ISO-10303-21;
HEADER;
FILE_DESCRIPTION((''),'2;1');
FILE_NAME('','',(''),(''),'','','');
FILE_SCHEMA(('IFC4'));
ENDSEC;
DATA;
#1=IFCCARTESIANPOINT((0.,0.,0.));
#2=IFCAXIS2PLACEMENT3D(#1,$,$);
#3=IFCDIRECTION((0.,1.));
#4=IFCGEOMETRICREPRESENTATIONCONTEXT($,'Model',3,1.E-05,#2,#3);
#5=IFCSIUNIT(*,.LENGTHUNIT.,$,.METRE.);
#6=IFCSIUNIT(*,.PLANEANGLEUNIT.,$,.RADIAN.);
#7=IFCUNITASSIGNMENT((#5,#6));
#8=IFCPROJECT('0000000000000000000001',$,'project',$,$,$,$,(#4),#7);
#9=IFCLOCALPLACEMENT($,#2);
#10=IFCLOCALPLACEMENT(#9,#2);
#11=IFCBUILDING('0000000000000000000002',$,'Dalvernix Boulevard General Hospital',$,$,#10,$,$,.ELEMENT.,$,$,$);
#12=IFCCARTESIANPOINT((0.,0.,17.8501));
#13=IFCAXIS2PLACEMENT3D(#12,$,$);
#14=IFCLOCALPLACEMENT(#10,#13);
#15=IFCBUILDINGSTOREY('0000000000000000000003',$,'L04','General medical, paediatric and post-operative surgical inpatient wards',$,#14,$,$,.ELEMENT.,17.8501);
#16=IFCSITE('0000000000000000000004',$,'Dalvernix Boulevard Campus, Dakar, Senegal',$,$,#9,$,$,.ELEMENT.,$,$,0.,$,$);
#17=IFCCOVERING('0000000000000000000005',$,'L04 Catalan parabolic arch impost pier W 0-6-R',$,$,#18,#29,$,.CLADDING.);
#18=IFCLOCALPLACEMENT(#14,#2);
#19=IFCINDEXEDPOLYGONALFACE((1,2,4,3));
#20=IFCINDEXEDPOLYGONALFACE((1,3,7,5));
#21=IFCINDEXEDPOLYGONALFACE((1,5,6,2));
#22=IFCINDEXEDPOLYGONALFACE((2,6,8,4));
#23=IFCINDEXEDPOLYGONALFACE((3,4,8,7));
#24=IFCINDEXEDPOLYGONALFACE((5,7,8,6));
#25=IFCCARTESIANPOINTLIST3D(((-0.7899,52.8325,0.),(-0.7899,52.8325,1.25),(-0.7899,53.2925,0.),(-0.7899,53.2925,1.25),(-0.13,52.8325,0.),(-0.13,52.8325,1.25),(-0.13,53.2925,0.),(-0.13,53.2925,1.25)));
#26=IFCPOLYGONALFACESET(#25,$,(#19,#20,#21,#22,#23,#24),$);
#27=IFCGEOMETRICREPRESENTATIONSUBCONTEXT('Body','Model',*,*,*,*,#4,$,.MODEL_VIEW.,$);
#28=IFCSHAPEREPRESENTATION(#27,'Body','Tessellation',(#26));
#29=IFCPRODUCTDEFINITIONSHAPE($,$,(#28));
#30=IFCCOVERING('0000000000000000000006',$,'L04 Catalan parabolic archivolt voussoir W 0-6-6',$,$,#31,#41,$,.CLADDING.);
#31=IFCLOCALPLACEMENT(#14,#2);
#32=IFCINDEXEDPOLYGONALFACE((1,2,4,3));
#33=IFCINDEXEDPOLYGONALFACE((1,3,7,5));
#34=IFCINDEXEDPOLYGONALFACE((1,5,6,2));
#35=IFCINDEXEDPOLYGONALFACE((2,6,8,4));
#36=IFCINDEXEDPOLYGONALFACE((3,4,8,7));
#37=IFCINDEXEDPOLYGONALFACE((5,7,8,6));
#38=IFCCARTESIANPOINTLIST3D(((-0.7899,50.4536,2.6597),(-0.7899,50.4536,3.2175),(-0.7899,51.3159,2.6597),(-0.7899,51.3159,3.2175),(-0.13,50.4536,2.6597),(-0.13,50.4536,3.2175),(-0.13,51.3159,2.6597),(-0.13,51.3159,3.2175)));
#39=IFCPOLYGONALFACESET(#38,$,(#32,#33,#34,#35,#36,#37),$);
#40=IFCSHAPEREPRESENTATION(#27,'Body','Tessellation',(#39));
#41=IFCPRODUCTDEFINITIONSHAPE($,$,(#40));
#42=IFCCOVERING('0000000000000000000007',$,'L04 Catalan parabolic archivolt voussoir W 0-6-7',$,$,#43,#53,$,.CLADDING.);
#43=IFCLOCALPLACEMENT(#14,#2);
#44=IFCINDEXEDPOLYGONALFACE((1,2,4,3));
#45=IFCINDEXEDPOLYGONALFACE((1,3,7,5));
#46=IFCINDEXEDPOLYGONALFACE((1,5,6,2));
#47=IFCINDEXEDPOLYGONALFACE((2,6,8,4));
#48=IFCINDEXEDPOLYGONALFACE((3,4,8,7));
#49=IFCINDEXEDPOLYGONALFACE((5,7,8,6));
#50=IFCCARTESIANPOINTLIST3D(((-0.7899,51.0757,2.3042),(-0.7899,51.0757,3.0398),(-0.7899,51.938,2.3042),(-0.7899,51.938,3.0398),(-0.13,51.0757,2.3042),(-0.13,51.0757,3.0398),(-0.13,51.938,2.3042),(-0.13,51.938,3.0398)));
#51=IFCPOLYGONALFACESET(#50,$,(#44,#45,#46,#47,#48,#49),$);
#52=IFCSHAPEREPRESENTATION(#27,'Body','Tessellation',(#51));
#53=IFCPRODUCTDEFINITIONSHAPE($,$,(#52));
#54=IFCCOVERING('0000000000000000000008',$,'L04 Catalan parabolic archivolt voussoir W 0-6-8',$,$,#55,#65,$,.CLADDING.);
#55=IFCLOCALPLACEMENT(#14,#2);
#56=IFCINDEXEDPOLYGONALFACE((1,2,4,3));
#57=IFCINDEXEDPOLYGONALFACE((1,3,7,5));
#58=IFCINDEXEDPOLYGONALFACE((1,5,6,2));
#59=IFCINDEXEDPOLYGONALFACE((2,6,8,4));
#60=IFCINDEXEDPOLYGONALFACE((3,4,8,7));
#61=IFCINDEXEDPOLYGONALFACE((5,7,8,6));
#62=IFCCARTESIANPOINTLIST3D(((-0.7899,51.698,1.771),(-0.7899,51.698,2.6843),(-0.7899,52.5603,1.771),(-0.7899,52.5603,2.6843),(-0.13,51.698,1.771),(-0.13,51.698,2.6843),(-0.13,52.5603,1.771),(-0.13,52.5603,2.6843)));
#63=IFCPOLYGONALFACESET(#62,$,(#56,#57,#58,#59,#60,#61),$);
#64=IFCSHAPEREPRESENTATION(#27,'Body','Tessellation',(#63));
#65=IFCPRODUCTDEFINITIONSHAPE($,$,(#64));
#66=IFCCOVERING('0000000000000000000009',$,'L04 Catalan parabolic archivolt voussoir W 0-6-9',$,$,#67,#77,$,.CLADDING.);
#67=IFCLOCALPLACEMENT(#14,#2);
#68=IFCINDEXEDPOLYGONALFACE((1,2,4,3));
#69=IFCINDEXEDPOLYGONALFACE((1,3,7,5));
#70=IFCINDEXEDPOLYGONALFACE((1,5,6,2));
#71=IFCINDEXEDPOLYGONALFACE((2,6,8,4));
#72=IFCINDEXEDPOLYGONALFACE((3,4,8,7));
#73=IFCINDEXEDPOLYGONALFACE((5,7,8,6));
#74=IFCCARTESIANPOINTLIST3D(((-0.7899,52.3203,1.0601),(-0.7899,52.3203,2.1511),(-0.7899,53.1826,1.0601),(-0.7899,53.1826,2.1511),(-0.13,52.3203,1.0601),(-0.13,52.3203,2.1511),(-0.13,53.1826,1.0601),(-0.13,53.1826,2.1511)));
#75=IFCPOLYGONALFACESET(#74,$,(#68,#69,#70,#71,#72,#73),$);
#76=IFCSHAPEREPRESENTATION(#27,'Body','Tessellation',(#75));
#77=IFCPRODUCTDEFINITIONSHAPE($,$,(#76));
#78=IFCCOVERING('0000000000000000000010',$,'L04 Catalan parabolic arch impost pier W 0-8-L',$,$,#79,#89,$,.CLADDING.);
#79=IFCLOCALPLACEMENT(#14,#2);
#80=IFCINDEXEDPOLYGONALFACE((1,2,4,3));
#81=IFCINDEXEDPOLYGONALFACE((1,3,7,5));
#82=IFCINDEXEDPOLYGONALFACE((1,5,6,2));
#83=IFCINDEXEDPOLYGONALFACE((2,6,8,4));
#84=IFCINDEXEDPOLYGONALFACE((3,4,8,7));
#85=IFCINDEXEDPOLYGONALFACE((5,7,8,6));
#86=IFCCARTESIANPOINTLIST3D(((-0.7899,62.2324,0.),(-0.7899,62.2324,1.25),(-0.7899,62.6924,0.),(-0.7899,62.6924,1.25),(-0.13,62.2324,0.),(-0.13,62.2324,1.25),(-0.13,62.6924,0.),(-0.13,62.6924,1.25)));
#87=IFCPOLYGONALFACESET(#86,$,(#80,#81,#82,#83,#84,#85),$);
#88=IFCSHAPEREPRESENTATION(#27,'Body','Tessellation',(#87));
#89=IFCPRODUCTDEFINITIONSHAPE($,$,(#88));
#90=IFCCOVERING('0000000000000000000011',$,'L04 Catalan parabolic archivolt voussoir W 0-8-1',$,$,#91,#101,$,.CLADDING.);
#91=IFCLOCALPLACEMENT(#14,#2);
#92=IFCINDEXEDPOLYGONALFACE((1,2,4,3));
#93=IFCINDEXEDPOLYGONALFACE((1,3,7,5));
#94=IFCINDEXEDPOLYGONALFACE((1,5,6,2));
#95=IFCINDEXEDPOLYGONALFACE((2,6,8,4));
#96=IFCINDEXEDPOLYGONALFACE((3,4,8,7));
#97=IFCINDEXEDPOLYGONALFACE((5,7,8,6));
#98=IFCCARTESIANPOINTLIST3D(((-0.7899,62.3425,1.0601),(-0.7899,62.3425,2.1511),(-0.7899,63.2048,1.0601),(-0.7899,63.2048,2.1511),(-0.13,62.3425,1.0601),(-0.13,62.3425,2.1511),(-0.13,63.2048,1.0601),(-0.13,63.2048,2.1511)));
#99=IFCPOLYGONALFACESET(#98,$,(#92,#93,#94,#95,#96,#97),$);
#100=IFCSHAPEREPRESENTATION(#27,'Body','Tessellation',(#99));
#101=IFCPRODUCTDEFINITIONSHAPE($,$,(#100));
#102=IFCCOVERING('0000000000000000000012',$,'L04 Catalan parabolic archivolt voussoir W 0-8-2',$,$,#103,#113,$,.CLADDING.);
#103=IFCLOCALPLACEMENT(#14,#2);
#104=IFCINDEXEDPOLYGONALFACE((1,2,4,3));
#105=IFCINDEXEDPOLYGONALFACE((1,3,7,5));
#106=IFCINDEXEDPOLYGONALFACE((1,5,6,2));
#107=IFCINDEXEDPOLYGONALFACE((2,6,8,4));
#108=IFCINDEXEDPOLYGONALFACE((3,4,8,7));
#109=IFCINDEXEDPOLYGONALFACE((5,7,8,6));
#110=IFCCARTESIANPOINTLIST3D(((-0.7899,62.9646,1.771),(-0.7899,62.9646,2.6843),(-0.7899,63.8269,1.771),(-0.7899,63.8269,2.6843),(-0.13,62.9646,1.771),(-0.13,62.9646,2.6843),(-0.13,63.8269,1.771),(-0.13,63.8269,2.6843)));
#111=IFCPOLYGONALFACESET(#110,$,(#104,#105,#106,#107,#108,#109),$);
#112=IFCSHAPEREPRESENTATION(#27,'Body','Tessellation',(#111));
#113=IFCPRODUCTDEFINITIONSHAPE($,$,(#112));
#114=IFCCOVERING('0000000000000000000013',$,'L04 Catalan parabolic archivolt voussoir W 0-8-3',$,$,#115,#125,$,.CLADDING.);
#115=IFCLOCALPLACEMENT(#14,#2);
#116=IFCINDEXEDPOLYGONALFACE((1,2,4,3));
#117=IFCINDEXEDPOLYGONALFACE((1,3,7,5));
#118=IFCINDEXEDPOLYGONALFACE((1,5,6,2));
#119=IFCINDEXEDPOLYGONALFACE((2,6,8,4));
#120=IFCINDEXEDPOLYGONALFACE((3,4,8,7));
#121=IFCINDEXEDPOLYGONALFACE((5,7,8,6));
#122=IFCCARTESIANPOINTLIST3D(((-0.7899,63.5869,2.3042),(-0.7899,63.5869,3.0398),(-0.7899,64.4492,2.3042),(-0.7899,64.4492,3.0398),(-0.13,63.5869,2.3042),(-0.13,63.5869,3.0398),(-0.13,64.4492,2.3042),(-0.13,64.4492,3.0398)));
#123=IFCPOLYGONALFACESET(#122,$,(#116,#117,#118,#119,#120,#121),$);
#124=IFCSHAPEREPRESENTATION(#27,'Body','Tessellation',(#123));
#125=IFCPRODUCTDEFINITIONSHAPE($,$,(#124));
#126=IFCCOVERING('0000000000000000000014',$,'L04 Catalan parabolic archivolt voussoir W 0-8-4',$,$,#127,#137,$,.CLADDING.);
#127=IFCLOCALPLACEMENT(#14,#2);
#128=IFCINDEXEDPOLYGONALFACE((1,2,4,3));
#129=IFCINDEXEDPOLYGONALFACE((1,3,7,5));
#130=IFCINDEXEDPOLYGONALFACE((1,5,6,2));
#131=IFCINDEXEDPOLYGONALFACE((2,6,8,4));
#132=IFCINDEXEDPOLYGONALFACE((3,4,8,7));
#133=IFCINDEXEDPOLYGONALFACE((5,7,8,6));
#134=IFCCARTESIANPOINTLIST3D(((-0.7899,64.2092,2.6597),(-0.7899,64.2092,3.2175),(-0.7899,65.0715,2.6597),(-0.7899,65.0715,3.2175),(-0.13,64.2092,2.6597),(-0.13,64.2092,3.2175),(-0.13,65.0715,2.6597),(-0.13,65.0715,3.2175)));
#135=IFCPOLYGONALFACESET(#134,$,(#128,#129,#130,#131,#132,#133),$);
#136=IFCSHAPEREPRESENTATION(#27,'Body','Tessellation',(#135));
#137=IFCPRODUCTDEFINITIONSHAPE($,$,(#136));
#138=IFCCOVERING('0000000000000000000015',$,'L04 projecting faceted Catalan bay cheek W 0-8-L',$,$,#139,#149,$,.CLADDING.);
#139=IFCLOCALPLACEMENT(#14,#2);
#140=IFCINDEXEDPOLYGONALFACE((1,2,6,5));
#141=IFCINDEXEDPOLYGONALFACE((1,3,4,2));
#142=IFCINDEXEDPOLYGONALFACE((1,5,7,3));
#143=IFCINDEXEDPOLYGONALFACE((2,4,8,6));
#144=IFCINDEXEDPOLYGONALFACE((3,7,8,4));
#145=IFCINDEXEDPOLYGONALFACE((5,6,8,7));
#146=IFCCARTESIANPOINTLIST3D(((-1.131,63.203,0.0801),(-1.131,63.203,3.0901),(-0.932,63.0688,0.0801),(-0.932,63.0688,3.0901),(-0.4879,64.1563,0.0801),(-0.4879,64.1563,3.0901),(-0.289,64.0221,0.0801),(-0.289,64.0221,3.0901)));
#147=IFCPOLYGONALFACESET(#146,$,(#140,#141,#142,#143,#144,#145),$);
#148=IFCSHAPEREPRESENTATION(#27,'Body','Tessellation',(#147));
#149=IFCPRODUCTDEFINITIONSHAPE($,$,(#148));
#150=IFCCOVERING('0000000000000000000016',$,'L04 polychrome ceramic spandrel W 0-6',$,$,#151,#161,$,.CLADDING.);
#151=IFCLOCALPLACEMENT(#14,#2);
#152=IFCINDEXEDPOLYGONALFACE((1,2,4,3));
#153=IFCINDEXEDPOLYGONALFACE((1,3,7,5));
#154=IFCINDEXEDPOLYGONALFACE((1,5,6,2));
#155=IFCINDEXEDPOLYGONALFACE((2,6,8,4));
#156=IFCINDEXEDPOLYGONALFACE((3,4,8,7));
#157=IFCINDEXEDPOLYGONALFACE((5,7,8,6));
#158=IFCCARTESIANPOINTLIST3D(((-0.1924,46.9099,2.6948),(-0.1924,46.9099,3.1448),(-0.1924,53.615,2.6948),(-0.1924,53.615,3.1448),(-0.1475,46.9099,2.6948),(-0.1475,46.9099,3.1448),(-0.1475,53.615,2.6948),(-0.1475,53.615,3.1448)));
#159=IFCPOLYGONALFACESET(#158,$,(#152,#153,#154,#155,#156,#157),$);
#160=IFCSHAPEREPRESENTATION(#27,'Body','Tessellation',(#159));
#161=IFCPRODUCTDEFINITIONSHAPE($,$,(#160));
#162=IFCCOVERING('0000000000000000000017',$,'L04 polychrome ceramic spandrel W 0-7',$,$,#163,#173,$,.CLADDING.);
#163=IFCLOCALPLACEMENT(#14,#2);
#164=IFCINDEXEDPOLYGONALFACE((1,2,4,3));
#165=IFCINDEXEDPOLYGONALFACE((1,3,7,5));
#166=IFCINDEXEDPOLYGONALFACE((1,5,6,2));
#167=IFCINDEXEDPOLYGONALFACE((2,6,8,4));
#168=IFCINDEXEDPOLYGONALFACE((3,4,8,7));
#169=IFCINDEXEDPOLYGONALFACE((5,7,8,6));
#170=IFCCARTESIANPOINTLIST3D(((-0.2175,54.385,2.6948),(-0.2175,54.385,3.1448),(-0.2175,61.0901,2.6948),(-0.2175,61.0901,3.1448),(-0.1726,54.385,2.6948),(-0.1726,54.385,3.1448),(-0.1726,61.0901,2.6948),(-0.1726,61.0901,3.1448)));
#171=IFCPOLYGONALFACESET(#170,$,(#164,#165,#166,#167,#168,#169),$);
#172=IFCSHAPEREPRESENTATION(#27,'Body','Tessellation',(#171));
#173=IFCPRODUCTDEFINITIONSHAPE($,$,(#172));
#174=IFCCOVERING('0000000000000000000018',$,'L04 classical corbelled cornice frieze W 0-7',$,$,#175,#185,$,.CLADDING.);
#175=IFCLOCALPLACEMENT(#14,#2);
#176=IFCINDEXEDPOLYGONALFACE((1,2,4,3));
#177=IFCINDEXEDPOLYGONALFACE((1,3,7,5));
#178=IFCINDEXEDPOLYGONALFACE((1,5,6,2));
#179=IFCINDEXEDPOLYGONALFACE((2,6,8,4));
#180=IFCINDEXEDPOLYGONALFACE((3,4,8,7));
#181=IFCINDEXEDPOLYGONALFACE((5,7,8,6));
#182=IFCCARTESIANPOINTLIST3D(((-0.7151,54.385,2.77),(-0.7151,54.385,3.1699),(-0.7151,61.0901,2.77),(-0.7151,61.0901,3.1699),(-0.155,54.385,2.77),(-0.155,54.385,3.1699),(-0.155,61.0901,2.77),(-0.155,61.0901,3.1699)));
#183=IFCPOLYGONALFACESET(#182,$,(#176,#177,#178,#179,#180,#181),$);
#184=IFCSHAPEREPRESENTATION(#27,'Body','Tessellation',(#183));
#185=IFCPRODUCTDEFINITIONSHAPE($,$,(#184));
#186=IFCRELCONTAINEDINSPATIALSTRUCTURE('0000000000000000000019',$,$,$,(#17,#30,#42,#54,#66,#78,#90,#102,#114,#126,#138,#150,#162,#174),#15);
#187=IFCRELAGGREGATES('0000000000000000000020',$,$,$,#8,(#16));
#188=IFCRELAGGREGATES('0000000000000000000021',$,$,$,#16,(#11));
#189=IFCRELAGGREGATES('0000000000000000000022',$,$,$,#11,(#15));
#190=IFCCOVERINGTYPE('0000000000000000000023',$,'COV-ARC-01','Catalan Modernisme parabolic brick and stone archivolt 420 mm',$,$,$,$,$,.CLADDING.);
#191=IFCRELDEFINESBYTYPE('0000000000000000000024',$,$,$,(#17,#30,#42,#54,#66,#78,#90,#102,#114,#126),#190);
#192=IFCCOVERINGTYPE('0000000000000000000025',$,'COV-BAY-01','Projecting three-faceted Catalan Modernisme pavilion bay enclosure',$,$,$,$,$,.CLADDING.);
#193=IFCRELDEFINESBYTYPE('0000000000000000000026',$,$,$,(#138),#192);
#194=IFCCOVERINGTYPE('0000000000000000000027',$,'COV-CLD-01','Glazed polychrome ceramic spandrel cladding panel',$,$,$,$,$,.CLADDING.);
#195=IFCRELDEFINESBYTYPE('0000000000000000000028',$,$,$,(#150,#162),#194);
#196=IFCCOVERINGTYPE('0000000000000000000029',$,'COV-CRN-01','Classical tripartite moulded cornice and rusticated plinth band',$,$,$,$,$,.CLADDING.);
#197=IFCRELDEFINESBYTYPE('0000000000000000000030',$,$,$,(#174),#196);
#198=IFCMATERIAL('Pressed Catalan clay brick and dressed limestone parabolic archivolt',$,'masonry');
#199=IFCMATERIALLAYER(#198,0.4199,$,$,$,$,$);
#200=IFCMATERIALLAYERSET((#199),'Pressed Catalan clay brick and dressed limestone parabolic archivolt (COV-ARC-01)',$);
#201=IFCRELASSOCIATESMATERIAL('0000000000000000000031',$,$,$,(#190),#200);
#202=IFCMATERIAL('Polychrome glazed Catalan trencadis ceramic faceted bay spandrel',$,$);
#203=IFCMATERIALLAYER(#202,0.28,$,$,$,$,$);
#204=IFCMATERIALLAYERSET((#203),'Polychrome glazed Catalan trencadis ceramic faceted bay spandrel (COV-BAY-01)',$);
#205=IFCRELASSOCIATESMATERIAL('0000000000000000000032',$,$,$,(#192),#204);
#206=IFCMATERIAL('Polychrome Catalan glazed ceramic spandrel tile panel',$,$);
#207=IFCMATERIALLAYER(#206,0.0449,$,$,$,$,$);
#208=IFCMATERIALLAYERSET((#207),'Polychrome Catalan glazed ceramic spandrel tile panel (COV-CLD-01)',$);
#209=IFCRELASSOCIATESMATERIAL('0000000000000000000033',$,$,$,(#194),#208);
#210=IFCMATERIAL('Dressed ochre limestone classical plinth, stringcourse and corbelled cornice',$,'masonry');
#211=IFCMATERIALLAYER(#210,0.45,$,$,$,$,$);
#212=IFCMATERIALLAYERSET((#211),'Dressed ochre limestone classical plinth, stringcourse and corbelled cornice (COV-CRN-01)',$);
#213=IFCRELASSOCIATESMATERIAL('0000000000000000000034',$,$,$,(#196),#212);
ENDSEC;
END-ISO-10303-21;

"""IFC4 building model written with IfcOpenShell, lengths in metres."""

from ifc_helpers import new_model, si_unit, direction, frame, origin, origin_2d, place, context, subcontext, project, spatial, rectangle, extrude, material, layer, layer_set, type_object, element, save


model = new_model("IFC4")

# Units and contexts
model_context = context("Model", 3, precision=1e-05, world=origin(), true_north=direction((0.0, 1.0)))
body_context = subcontext(model_context, "Body", "Model", "MODEL_VIEW")
ifc_project = project(units=[si_unit("LENGTHUNIT", "METRE"), si_unit("PLANEANGLEUNIT", "RADIAN")], contexts=[model_context])

# Site, building, storey
site_placement = place(None, origin())
site = spatial("IfcSite", under=ifc_project, at=site_placement, Name="Dalvernix Boulevard Campus, Dakar, Senegal", CompositionType="ELEMENT", RefElevation=0.0)
building_placement = place(site_placement, origin())
building = spatial("IfcBuilding", under=site, at=building_placement, Name="Dalvernix Boulevard General Hospital", CompositionType="ELEMENT")
storey_placement = place(building_placement, frame((0.0, 0.0, 17.8501)))
storey = spatial("IfcBuildingStorey", under=building, at=storey_placement, Name="L04", Description="General medical, paediatric and post-operative surgical inpatient wards", CompositionType="ELEMENT", Elevation=17.8501)

# Coverings
ifc_material_1 = material(Name="Pressed Catalan clay brick and dressed limestone parabolic archivolt", Category="masonry")
ifc_layer_1 = layer(ifc_material_1, 0.4199)
ifc_layer_set_1 = layer_set([ifc_layer_1], Name="Pressed Catalan clay brick and dressed limestone parabolic archivolt (COV-ARC-01)")
covering_type_1 = type_object("IfcCoveringType", Name="COV-ARC-01", Description="Catalan Modernisme parabolic brick and stone archivolt 420 mm", PredefinedType="CLADDING", material=ifc_layer_set_1)
covering_1_placement = place(storey_placement, frame((-0.46, 53.0625, 0.0), z_axis=(0.0, 0.0, 1.0), x_axis=(0.0, 1.0, 0.0)))
element("IfcCovering", 1, at=covering_1_placement, inside=storey, type_object=covering_type_1, Name="L04 Catalan parabolic arch impost pier W 0-6-R", PredefinedType="CLADDING", context=body_context, shape_type="SweptSolid", body=[
    extrude(rectangle(XDim=0.46, YDim=0.6599, at=origin_2d()), origin(), (0.0, 0.0, 1.0), 1.25),
])
covering_2_placement = place(storey_placement, frame((-0.46, 50.8848, 2.6597), z_axis=(0.0, 0.0, 1.0), x_axis=(0.0, 1.0, 0.0)))
element("IfcCovering", 2, at=covering_2_placement, inside=storey, type_object=covering_type_1, Name="L04 Catalan parabolic archivolt voussoir W 0-6-6", PredefinedType="CLADDING", context=body_context, shape_type="SweptSolid", body=[
    extrude(rectangle(XDim=0.8623, YDim=0.6599, at=origin_2d()), origin(), (0.0, 0.0, 1.0), 0.5579),
])
covering_3_placement = place(storey_placement, frame((-0.46, 51.5068, 2.3042), z_axis=(0.0, 0.0, 1.0), x_axis=(0.0, 1.0, 0.0)))
element("IfcCovering", 3, at=covering_3_placement, inside=storey, type_object=covering_type_1, Name="L04 Catalan parabolic archivolt voussoir W 0-6-7", PredefinedType="CLADDING", context=body_context, shape_type="SweptSolid", body=[
    extrude(rectangle(XDim=0.8623, YDim=0.6599, at=origin_2d()), origin(), (0.0, 0.0, 1.0), 0.7356),
])
covering_4_placement = place(storey_placement, frame((-0.46, 52.1292, 1.771), z_axis=(0.0, 0.0, 1.0), x_axis=(0.0, 1.0, 0.0)))
element("IfcCovering", 4, at=covering_4_placement, inside=storey, type_object=covering_type_1, Name="L04 Catalan parabolic archivolt voussoir W 0-6-8", PredefinedType="CLADDING", context=body_context, shape_type="SweptSolid", body=[
    extrude(rectangle(XDim=0.8623, YDim=0.6599, at=origin_2d()), origin(), (0.0, 0.0, 1.0), 0.9133),
])
covering_5_placement = place(storey_placement, frame((-0.46, 52.7515, 1.0601), z_axis=(0.0, 0.0, 1.0), x_axis=(0.0, 1.0, 0.0)))
element("IfcCovering", 5, at=covering_5_placement, inside=storey, type_object=covering_type_1, Name="L04 Catalan parabolic archivolt voussoir W 0-6-9", PredefinedType="CLADDING", context=body_context, shape_type="SweptSolid", body=[
    extrude(rectangle(XDim=0.8623, YDim=0.6599, at=origin_2d()), origin(), (0.0, 0.0, 1.0), 1.0911),
])
covering_6_placement = place(storey_placement, frame((-0.46, 62.4624, 0.0), z_axis=(0.0, 0.0, 1.0), x_axis=(0.0, 1.0, 0.0)))
element("IfcCovering", 6, at=covering_6_placement, inside=storey, type_object=covering_type_1, Name="L04 Catalan parabolic arch impost pier W 0-8-L", PredefinedType="CLADDING", context=body_context, shape_type="SweptSolid", body=[
    extrude(rectangle(XDim=0.46, YDim=0.6599, at=origin_2d()), origin(), (0.0, 0.0, 1.0), 1.25),
])
covering_7_placement = place(storey_placement, frame((-0.46, 62.7737, 1.0601), z_axis=(0.0, 0.0, 1.0), x_axis=(0.0, 1.0, 0.0)))
element("IfcCovering", 7, at=covering_7_placement, inside=storey, type_object=covering_type_1, Name="L04 Catalan parabolic archivolt voussoir W 0-8-1", PredefinedType="CLADDING", context=body_context, shape_type="SweptSolid", body=[
    extrude(rectangle(XDim=0.8623, YDim=0.6599, at=origin_2d()), origin(), (0.0, 0.0, 1.0), 1.0911),
])
covering_8_placement = place(storey_placement, frame((-0.46, 63.3958, 1.771), z_axis=(0.0, 0.0, 1.0), x_axis=(0.0, 1.0, 0.0)))
element("IfcCovering", 8, at=covering_8_placement, inside=storey, type_object=covering_type_1, Name="L04 Catalan parabolic archivolt voussoir W 0-8-2", PredefinedType="CLADDING", context=body_context, shape_type="SweptSolid", body=[
    extrude(rectangle(XDim=0.8623, YDim=0.6599, at=origin_2d()), origin(), (0.0, 0.0, 1.0), 0.9133),
])
covering_9_placement = place(storey_placement, frame((-0.46, 64.0181, 2.3042), z_axis=(0.0, 0.0, 1.0), x_axis=(0.0, 1.0, 0.0)))
element("IfcCovering", 9, at=covering_9_placement, inside=storey, type_object=covering_type_1, Name="L04 Catalan parabolic archivolt voussoir W 0-8-3", PredefinedType="CLADDING", context=body_context, shape_type="SweptSolid", body=[
    extrude(rectangle(XDim=0.8623, YDim=0.6599, at=origin_2d()), origin(), (0.0, 0.0, 1.0), 0.7356),
])
covering_10_placement = place(storey_placement, frame((-0.46, 64.6404, 2.6597), z_axis=(0.0, 0.0, 1.0), x_axis=(0.0, 1.0, 0.0)))
element("IfcCovering", 10, at=covering_10_placement, inside=storey, type_object=covering_type_1, Name="L04 Catalan parabolic archivolt voussoir W 0-8-4", PredefinedType="CLADDING", context=body_context, shape_type="SweptSolid", body=[
    extrude(rectangle(XDim=0.8623, YDim=0.6599, at=origin_2d()), origin(), (0.0, 0.0, 1.0), 0.5579),
])
ifc_material_2 = material(Name="Polychrome glazed Catalan trencadis ceramic faceted bay spandrel")
ifc_layer_2 = layer(ifc_material_2, 0.28)
ifc_layer_set_2 = layer_set([ifc_layer_2], Name="Polychrome glazed Catalan trencadis ceramic faceted bay spandrel (COV-BAY-01)")
covering_type_2 = type_object("IfcCoveringType", Name="COV-BAY-01", Description="Projecting three-faceted Catalan Modernisme pavilion bay enclosure", PredefinedType="CLADDING", material=ifc_layer_set_2)
covering_11_placement = place(storey_placement, frame((-0.71, 63.6125, 0.0801), z_axis=(0.0, 0.0, 1.0), x_axis=(0.559193, 0.829038, 0.0)))
element("IfcCovering", 11, at=covering_11_placement, inside=storey, type_object=covering_type_2, Name="L04 projecting faceted Catalan bay cheek W 0-8-L", PredefinedType="CLADDING", context=body_context, shape_type="SweptSolid", body=[
    extrude(rectangle(XDim=1.1499, YDim=0.24, at=origin_2d()), origin(), (0.0, 0.0, 1.0), 3.01),
])
ifc_material_3 = material(Name="Polychrome Catalan glazed ceramic spandrel tile panel")
ifc_layer_3 = layer(ifc_material_3, 0.0449)
ifc_layer_set_3 = layer_set([ifc_layer_3], Name="Polychrome Catalan glazed ceramic spandrel tile panel (COV-CLD-01)")
covering_type_3 = type_object("IfcCoveringType", Name="COV-CLD-01", Description="Glazed polychrome ceramic spandrel cladding panel", PredefinedType="CLADDING", material=ifc_layer_set_3)
for number, where, z_axis, x_axis, name in (
    (12, (-0.1699, 50.2625, 2.6948), (0.0, 0.0, 1.0), (0.0, 1.0, 0.0), "L04 polychrome ceramic spandrel W 0-6"),
    (13, (-0.1951, 57.7375, 2.6948), (0.0, 0.0, 1.0), (0.0, 1.0, 0.0), "L04 polychrome ceramic spandrel W 0-7"),
):
    element("IfcCovering", number, at=place(storey_placement, frame(where, z_axis=z_axis, x_axis=x_axis)), inside=storey, type_object=covering_type_3, Name=name, PredefinedType="CLADDING", context=body_context, shape_type="SweptSolid", body=[
        extrude(rectangle(XDim=6.7051, YDim=0.0449, at=origin_2d()), origin(), (0.0, 0.0, 1.0), 0.45),
    ])
ifc_material_4 = material(Name="Dressed ochre limestone classical plinth, stringcourse and corbelled cornice", Category="masonry")
ifc_layer_4 = layer(ifc_material_4, 0.45)
ifc_layer_set_4 = layer_set([ifc_layer_4], Name="Dressed ochre limestone classical plinth, stringcourse and corbelled cornice (COV-CRN-01)")
covering_type_4 = type_object("IfcCoveringType", Name="COV-CRN-01", Description="Classical tripartite moulded cornice and rusticated plinth band", PredefinedType="CLADDING", material=ifc_layer_set_4)
covering_12_placement = place(storey_placement, frame((-0.4351, 57.7375, 2.77), z_axis=(0.0, 0.0, 1.0), x_axis=(0.0, 1.0, 0.0)))
element("IfcCovering", 14, at=covering_12_placement, inside=storey, type_object=covering_type_4, Name="L04 classical corbelled cornice frieze W 0-7", PredefinedType="CLADDING", context=body_context, shape_type="SweptSolid", body=[
    extrude(rectangle(XDim=6.7051, YDim=0.5601, at=origin_2d()), origin(), (0.0, 0.0, 1.0), 0.3999),
])

save(model, "model.ifc")
